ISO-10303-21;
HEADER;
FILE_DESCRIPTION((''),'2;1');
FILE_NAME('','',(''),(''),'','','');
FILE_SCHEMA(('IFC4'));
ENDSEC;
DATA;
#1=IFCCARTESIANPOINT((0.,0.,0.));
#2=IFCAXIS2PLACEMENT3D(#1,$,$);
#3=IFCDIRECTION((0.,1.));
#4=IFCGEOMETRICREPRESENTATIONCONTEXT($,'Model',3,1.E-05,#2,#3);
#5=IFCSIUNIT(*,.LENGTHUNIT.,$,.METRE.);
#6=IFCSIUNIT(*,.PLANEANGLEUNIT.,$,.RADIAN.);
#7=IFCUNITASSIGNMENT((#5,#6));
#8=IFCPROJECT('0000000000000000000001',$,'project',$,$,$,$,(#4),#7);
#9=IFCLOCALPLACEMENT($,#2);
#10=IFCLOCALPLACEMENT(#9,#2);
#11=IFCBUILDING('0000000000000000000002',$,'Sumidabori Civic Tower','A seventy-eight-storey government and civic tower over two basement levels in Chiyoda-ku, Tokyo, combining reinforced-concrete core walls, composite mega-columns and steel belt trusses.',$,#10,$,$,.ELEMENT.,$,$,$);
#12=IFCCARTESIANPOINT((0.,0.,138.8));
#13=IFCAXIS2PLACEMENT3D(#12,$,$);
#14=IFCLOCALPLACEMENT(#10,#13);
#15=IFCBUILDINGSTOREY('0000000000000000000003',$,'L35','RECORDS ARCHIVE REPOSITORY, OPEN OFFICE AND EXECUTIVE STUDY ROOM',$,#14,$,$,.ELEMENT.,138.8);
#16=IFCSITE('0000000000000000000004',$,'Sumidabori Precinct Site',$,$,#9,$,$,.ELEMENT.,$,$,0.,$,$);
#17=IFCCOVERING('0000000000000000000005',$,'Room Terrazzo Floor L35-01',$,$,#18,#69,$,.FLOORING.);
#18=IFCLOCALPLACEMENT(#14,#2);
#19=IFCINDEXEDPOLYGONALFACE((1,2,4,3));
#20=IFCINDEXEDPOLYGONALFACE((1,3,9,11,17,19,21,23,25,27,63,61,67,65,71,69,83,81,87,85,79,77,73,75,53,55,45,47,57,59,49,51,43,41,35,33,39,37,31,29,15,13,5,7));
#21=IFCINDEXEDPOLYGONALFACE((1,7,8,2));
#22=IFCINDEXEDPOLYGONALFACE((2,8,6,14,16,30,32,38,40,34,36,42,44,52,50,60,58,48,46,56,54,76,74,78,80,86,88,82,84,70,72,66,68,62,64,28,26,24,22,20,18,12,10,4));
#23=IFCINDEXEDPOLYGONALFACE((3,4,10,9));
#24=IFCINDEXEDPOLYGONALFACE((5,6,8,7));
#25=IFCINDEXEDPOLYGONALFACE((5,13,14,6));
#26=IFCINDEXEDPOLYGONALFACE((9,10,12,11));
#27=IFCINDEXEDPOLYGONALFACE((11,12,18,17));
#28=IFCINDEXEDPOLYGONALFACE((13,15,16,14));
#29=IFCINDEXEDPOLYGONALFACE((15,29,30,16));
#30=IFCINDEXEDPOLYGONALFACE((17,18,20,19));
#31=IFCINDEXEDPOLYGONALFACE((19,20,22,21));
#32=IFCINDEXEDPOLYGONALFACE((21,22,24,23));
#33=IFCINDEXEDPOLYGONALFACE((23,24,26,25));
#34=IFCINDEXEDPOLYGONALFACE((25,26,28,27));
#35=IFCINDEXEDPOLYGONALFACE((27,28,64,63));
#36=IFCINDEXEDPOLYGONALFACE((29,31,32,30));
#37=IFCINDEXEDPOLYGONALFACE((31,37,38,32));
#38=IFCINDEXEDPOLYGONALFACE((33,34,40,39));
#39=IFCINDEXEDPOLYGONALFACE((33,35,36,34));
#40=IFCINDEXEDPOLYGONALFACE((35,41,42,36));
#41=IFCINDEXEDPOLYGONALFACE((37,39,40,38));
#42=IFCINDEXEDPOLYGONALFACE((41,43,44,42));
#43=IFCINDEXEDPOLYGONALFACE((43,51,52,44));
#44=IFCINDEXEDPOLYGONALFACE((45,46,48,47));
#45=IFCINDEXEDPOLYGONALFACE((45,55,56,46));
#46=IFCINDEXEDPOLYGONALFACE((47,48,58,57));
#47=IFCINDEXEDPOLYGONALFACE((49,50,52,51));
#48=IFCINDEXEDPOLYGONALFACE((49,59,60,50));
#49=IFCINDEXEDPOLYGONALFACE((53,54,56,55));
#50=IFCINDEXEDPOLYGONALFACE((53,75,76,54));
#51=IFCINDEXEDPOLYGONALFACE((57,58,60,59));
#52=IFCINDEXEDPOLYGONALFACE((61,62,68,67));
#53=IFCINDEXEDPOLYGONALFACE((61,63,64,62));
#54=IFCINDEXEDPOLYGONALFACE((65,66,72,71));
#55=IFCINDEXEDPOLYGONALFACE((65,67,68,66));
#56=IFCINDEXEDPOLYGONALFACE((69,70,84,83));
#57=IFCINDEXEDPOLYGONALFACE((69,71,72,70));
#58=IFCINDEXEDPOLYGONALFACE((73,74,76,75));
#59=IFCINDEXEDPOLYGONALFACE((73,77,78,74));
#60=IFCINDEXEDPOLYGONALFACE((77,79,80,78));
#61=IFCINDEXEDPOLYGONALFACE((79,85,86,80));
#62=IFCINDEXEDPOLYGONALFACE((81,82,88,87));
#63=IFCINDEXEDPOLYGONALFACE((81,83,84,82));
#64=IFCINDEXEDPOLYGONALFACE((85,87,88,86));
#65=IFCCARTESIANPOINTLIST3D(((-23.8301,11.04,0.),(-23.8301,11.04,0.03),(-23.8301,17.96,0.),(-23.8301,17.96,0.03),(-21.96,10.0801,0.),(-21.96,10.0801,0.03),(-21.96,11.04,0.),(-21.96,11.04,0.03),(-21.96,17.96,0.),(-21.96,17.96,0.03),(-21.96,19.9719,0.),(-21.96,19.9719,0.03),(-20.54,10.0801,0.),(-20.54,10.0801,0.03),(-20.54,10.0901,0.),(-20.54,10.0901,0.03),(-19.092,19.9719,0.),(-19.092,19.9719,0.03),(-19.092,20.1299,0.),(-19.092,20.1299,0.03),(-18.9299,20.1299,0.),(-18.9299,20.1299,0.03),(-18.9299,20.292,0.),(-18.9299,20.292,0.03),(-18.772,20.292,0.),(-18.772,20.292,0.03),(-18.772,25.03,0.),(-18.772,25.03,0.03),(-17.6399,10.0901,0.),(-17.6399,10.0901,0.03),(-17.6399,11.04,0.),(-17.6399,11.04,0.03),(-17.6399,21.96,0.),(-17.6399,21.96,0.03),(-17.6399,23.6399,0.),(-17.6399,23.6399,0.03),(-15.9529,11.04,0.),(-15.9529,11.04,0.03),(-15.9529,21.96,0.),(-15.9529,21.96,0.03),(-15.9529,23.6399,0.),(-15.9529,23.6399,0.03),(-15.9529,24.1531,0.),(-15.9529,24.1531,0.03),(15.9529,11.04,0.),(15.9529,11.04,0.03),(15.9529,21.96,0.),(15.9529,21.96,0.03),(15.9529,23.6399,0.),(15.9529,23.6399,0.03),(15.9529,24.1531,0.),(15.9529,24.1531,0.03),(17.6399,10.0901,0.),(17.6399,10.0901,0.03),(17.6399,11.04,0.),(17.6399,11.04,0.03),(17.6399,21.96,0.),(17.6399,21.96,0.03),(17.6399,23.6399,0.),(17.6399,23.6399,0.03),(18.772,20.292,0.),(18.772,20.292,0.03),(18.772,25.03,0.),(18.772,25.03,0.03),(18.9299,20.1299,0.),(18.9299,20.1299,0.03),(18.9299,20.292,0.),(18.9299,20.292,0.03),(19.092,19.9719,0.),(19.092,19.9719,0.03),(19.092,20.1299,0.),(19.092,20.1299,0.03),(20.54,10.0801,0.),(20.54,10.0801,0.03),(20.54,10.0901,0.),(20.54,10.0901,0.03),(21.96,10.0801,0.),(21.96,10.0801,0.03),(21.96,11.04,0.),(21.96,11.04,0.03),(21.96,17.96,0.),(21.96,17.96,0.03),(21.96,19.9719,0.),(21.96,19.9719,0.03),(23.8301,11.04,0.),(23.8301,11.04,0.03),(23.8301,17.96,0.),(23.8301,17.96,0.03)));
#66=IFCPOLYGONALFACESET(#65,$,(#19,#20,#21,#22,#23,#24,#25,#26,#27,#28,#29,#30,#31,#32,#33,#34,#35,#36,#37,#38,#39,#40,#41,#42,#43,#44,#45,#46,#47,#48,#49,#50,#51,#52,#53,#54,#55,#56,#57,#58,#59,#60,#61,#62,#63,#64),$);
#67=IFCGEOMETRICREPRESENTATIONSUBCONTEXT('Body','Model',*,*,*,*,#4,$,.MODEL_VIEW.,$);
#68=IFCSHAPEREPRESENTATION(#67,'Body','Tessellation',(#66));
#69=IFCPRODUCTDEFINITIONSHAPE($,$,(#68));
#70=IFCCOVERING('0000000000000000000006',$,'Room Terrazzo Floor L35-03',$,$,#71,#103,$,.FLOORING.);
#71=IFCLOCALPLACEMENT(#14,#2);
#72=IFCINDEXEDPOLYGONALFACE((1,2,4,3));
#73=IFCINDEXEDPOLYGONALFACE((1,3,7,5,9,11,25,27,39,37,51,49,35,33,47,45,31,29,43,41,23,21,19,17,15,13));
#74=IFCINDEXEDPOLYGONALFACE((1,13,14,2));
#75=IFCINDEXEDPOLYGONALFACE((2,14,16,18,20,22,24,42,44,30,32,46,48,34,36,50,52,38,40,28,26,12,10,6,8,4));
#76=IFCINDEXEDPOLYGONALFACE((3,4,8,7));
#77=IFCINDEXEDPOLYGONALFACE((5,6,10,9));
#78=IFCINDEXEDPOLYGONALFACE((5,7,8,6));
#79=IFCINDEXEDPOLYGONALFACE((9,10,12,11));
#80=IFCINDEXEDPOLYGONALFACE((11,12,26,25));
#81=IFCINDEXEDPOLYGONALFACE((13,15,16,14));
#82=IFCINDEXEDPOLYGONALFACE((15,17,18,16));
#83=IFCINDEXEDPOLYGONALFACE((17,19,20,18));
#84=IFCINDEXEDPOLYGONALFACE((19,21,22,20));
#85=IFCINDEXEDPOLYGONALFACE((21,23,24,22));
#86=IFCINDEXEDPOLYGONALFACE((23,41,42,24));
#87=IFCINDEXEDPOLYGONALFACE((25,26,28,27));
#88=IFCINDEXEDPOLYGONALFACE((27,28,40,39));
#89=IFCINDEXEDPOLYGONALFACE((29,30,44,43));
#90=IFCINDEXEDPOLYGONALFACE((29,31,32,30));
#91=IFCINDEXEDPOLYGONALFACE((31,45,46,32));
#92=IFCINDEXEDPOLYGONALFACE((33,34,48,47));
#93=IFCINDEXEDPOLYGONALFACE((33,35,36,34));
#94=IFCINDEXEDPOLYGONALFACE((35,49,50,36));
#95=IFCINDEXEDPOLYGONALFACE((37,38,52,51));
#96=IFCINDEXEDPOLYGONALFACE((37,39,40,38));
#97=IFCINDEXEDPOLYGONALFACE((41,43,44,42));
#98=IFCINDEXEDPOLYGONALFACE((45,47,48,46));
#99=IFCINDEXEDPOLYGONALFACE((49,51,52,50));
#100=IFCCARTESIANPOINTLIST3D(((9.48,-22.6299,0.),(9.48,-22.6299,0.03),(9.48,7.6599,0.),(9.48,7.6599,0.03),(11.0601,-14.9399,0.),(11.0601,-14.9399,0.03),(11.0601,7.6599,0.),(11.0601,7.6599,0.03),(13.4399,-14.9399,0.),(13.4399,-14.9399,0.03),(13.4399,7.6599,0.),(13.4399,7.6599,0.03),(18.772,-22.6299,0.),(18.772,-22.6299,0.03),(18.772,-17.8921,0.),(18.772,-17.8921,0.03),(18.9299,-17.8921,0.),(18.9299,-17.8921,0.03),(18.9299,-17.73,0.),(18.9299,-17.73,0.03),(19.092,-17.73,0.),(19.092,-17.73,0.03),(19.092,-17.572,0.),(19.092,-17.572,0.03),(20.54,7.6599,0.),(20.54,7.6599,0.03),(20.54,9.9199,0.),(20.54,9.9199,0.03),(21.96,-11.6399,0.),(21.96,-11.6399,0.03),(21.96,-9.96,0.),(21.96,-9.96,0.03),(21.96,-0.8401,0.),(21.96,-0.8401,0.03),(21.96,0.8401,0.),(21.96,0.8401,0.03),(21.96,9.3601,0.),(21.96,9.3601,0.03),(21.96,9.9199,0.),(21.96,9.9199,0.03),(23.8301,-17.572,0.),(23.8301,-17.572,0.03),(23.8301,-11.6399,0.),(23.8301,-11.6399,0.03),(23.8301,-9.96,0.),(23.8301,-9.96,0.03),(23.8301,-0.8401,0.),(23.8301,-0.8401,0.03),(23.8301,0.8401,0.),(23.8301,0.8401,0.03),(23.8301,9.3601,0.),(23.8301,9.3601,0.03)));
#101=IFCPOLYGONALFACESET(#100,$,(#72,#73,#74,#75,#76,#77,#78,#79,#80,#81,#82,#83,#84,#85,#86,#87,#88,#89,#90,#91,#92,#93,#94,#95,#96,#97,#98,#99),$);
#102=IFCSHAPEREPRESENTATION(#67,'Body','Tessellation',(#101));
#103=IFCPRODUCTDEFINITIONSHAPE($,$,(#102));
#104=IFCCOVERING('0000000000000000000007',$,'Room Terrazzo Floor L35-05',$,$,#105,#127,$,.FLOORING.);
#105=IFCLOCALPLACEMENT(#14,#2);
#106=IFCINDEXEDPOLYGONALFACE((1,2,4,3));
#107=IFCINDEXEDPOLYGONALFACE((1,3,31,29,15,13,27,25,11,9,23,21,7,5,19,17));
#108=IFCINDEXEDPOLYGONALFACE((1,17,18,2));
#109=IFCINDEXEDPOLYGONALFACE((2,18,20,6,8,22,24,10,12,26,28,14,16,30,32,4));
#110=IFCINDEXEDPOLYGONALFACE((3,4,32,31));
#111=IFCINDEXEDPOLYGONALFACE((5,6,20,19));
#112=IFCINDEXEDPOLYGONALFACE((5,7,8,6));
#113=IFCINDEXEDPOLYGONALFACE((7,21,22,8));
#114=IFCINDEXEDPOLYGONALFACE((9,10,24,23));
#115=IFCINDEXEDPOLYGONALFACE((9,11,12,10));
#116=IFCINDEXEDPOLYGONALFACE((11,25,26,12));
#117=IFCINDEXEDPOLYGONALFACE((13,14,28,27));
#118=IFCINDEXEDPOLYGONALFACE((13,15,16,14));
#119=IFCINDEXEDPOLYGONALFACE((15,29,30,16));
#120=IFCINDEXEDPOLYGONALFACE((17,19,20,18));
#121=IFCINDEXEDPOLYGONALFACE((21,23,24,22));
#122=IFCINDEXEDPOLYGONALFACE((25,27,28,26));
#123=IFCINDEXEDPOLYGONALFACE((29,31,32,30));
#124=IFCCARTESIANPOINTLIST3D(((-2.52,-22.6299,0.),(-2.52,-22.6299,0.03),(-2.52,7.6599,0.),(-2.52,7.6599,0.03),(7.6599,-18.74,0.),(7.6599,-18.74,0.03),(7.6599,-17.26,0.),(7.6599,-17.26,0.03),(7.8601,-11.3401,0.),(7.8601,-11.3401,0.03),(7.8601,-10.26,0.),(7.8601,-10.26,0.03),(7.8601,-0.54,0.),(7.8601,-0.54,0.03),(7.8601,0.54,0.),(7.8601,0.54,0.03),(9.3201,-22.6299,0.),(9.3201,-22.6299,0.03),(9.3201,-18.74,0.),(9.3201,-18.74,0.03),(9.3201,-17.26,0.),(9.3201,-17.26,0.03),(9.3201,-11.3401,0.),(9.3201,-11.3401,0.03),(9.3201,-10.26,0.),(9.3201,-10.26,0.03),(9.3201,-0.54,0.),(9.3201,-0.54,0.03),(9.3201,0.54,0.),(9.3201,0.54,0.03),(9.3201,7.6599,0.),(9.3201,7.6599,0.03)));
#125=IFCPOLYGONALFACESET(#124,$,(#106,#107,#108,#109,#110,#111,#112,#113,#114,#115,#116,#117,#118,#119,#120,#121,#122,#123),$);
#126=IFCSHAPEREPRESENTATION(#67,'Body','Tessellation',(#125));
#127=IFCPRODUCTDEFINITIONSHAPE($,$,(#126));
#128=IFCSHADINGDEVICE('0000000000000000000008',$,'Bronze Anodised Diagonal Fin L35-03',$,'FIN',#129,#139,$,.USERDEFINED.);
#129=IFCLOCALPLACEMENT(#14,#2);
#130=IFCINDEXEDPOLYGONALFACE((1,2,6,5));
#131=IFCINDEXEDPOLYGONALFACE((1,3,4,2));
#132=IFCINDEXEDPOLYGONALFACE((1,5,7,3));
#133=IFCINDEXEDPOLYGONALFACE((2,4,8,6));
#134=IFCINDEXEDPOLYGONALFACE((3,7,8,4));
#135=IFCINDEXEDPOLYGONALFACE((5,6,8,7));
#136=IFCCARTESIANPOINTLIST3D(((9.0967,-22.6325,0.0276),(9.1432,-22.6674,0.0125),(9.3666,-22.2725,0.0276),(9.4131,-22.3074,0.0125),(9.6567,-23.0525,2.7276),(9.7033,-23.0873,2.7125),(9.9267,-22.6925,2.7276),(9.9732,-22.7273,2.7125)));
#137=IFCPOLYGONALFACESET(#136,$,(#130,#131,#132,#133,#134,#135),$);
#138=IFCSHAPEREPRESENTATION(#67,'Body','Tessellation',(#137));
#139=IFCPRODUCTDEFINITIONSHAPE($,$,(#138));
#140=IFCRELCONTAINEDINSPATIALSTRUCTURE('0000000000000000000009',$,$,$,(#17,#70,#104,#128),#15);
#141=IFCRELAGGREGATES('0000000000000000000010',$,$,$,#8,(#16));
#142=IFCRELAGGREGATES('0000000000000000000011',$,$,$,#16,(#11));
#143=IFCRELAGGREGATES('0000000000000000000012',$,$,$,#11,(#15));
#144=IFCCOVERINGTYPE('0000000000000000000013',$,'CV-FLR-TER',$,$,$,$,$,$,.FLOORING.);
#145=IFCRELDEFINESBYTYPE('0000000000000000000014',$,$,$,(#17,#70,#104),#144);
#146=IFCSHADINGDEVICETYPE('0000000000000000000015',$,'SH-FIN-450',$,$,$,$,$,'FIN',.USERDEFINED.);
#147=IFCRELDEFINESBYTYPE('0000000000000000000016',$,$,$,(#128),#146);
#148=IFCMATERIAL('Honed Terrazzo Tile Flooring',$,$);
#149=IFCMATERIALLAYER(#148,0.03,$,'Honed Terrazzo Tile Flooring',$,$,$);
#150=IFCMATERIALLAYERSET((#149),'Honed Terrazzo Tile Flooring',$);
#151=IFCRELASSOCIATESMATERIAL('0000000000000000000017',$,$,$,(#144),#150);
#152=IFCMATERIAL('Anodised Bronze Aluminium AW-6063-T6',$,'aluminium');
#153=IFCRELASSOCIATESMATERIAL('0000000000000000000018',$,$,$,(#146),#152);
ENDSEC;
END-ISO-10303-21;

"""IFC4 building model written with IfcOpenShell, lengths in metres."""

from ifc_helpers import new_model, si_unit, direction, frame, origin, origin_2d, place, context, subcontext, project, spatial, polyline, rectangle, outline, extrude, source, transform, mapped, material, layer, layer_set, material_profile, profile_set, type_object, element, save


model = new_model("IFC4")

# Units and contexts
model_context = context("Model", 3, precision=1e-05, world=origin(), true_north=direction((0.0, 1.0)))
body_context = subcontext(model_context, "Body", "Model", "MODEL_VIEW")
ifc_project = project(units=[si_unit("LENGTHUNIT", "METRE"), si_unit("PLANEANGLEUNIT", "RADIAN")], contexts=[model_context])

# Site, building, storey
site_placement = place(None, origin())
site = spatial("IfcSite", under=ifc_project, at=site_placement, Name="Sumidabori Precinct Site", CompositionType="ELEMENT", RefElevation=0.0)
building_placement = place(site_placement, origin())
building = spatial("IfcBuilding", under=site, at=building_placement, Name="Sumidabori Civic Tower", Description="A seventy-eight-storey government and civic tower over two basement levels in Chiyoda-ku, Tokyo, combining reinforced-concrete core walls, composite mega-columns and steel belt trusses.", CompositionType="ELEMENT")
storey_placement = place(building_placement, frame((0.0, 0.0, 138.8)))
storey = spatial("IfcBuildingStorey", under=building, at=storey_placement, Name="L35", Description="RECORDS ARCHIVE REPOSITORY, OPEN OFFICE AND EXECUTIVE STUDY ROOM", CompositionType="ELEMENT", Elevation=138.8)

# Shared definitions
ifc_material_1 = material(Name="Anodised Bronze Aluminium AW-6063-T6", Category="aluminium")

# Coverings
ifc_material_2 = material(Name="Honed Terrazzo Tile Flooring")
ifc_layer_1 = layer(ifc_material_2, 0.03, Name="Honed Terrazzo Tile Flooring")
ifc_layer_set_1 = layer_set([ifc_layer_1], Name="Honed Terrazzo Tile Flooring")
covering_type_1 = type_object("IfcCoveringType", Name="CV-FLR-TER", PredefinedType="FLOORING", material=ifc_layer_set_1)
covering_1_placement = place(storey_placement, origin())
element("IfcCovering", 1, at=covering_1_placement, inside=storey, type_object=covering_type_1, Name="Room Terrazzo Floor L35-01", PredefinedType="FLOORING", context=body_context, shape_type="SweptSolid", body=[
    extrude(outline(polyline([(-23.8301, 17.96), (-21.96, 17.96), (-21.96, 19.9719), (-19.092, 19.9719), (-19.092, 20.1299), (-18.9299, 20.1299), (-18.9299, 20.292), (-18.772, 20.292), (-18.772, 25.03), (18.772, 25.03), (18.772, 20.292), (18.9299, 20.292), (18.9299, 20.1299), (19.092, 20.1299), (19.092, 19.9719), (21.96, 19.9719), (21.96, 17.96), (23.8301, 17.96), (23.8301, 11.04), (21.96, 11.04), (21.96, 10.0801), (20.54, 10.0801), (20.54, 10.0901), (17.6399, 10.0901), (17.6399, 11.04), (15.9529, 11.04), (15.9529, 21.96), (17.6399, 21.96), (17.6399, 23.6399), (15.9529, 23.6399), (15.9529, 24.1531), (-15.9529, 24.1531), (-15.9529, 23.6399), (-17.6399, 23.6399), (-17.6399, 21.96), (-15.9529, 21.96), (-15.9529, 11.04), (-17.6399, 11.04), (-17.6399, 10.0901), (-20.54, 10.0901), (-20.54, 10.0801), (-21.96, 10.0801), (-21.96, 11.04), (-23.8301, 11.04), (-23.8301, 17.96)])), origin(), (0.0, 0.0, 1.0), 0.03),
])
covering_2_placement = place(storey_placement, origin())
element("IfcCovering", 2, at=covering_2_placement, inside=storey, type_object=covering_type_1, Name="Room Terrazzo Floor L35-03", PredefinedType="FLOORING", context=body_context, shape_type="SweptSolid", body=[
    extrude(outline(polyline([(18.772, -22.6299), (9.48, -22.6299), (9.48, 7.6599), (11.0601, 7.6599), (11.0601, -14.9399), (13.4399, -14.9399), (13.4399, 7.6599), (20.54, 7.6599), (20.54, 9.9199), (21.96, 9.9199), (21.96, 9.3601), (23.8301, 9.3601), (23.8301, 0.8401), (21.96, 0.8401), (21.96, -0.8401), (23.8301, -0.8401), (23.8301, -9.96), (21.96, -9.96), (21.96, -11.6399), (23.8301, -11.6399), (23.8301, -17.572), (19.092, -17.572), (19.092, -17.73), (18.9299, -17.73), (18.9299, -17.8921), (18.772, -17.8921), (18.772, -22.6299)])), origin(), (0.0, 0.0, 1.0), 0.03),
])
covering_3_placement = place(storey_placement, origin())
element("IfcCovering", 3, at=covering_3_placement, inside=storey, type_object=covering_type_1, Name="Room Terrazzo Floor L35-05", PredefinedType="FLOORING", context=body_context, shape_type="SweptSolid", body=[
    extrude(outline(polyline([(-2.52, -22.6299), (-2.52, 7.6599), (9.3201, 7.6599), (9.3201, 0.54), (7.8601, 0.54), (7.8601, -0.54), (9.3201, -0.54), (9.3201, -10.26), (7.8601, -10.26), (7.8601, -11.3401), (9.3201, -11.3401), (9.3201, -17.26), (7.6599, -17.26), (7.6599, -18.74), (9.3201, -18.74), (9.3201, -22.6299), (-2.52, -22.6299)])), origin(), (0.0, 0.0, 1.0), 0.03),
])

# Shading device
ifc_material_profile_1 = material_profile(ifc_material_1, rectangle(XDim=0.0601, YDim=0.45, at=origin_2d()), Name="BRONZE FIN 450x60")
ifc_profile_set_1 = profile_set([ifc_material_profile_1], Name="Anodised Bronze Aluminium AW-6063-T6")
shading_device_type = type_object("IfcShadingDeviceType", Name="SH-FIN-450", ElementType="FIN", PredefinedType="USERDEFINED", material=ifc_profile_set_1)
shared_shape_1 = source(origin(), body_context, "Body", "SweptSolid", [
    extrude(rectangle(XDim=0.0601, YDim=0.45, at=origin_2d()), origin(), (0.0, 0.0, 1.0), 2.7893),
])
shading_device_placement = place(storey_placement, frame((9.2549, -22.47, 0.02), z_axis=(0.200794, -0.150552, 0.967996), x_axis=(0.774478, -0.580689, -0.250966)))
element("IfcShadingDevice", 4, at=shading_device_placement, inside=storey, type_object=shading_device_type, Name="Bronze Anodised Diagonal Fin L35-03", ObjectType="FIN", PredefinedType="USERDEFINED", context=body_context, shape_type="MappedRepresentation", body=[
    mapped(shared_shape_1, transform((0.0, 0.0, 0.0), x_axis=(1.0, 0.0, 0.0), y_axis=(0.0, 1.0, 0.0), z_axis=(0.0, 0.0, 1.0), scale=1.0)),
])

save(model, "model.ifc")
